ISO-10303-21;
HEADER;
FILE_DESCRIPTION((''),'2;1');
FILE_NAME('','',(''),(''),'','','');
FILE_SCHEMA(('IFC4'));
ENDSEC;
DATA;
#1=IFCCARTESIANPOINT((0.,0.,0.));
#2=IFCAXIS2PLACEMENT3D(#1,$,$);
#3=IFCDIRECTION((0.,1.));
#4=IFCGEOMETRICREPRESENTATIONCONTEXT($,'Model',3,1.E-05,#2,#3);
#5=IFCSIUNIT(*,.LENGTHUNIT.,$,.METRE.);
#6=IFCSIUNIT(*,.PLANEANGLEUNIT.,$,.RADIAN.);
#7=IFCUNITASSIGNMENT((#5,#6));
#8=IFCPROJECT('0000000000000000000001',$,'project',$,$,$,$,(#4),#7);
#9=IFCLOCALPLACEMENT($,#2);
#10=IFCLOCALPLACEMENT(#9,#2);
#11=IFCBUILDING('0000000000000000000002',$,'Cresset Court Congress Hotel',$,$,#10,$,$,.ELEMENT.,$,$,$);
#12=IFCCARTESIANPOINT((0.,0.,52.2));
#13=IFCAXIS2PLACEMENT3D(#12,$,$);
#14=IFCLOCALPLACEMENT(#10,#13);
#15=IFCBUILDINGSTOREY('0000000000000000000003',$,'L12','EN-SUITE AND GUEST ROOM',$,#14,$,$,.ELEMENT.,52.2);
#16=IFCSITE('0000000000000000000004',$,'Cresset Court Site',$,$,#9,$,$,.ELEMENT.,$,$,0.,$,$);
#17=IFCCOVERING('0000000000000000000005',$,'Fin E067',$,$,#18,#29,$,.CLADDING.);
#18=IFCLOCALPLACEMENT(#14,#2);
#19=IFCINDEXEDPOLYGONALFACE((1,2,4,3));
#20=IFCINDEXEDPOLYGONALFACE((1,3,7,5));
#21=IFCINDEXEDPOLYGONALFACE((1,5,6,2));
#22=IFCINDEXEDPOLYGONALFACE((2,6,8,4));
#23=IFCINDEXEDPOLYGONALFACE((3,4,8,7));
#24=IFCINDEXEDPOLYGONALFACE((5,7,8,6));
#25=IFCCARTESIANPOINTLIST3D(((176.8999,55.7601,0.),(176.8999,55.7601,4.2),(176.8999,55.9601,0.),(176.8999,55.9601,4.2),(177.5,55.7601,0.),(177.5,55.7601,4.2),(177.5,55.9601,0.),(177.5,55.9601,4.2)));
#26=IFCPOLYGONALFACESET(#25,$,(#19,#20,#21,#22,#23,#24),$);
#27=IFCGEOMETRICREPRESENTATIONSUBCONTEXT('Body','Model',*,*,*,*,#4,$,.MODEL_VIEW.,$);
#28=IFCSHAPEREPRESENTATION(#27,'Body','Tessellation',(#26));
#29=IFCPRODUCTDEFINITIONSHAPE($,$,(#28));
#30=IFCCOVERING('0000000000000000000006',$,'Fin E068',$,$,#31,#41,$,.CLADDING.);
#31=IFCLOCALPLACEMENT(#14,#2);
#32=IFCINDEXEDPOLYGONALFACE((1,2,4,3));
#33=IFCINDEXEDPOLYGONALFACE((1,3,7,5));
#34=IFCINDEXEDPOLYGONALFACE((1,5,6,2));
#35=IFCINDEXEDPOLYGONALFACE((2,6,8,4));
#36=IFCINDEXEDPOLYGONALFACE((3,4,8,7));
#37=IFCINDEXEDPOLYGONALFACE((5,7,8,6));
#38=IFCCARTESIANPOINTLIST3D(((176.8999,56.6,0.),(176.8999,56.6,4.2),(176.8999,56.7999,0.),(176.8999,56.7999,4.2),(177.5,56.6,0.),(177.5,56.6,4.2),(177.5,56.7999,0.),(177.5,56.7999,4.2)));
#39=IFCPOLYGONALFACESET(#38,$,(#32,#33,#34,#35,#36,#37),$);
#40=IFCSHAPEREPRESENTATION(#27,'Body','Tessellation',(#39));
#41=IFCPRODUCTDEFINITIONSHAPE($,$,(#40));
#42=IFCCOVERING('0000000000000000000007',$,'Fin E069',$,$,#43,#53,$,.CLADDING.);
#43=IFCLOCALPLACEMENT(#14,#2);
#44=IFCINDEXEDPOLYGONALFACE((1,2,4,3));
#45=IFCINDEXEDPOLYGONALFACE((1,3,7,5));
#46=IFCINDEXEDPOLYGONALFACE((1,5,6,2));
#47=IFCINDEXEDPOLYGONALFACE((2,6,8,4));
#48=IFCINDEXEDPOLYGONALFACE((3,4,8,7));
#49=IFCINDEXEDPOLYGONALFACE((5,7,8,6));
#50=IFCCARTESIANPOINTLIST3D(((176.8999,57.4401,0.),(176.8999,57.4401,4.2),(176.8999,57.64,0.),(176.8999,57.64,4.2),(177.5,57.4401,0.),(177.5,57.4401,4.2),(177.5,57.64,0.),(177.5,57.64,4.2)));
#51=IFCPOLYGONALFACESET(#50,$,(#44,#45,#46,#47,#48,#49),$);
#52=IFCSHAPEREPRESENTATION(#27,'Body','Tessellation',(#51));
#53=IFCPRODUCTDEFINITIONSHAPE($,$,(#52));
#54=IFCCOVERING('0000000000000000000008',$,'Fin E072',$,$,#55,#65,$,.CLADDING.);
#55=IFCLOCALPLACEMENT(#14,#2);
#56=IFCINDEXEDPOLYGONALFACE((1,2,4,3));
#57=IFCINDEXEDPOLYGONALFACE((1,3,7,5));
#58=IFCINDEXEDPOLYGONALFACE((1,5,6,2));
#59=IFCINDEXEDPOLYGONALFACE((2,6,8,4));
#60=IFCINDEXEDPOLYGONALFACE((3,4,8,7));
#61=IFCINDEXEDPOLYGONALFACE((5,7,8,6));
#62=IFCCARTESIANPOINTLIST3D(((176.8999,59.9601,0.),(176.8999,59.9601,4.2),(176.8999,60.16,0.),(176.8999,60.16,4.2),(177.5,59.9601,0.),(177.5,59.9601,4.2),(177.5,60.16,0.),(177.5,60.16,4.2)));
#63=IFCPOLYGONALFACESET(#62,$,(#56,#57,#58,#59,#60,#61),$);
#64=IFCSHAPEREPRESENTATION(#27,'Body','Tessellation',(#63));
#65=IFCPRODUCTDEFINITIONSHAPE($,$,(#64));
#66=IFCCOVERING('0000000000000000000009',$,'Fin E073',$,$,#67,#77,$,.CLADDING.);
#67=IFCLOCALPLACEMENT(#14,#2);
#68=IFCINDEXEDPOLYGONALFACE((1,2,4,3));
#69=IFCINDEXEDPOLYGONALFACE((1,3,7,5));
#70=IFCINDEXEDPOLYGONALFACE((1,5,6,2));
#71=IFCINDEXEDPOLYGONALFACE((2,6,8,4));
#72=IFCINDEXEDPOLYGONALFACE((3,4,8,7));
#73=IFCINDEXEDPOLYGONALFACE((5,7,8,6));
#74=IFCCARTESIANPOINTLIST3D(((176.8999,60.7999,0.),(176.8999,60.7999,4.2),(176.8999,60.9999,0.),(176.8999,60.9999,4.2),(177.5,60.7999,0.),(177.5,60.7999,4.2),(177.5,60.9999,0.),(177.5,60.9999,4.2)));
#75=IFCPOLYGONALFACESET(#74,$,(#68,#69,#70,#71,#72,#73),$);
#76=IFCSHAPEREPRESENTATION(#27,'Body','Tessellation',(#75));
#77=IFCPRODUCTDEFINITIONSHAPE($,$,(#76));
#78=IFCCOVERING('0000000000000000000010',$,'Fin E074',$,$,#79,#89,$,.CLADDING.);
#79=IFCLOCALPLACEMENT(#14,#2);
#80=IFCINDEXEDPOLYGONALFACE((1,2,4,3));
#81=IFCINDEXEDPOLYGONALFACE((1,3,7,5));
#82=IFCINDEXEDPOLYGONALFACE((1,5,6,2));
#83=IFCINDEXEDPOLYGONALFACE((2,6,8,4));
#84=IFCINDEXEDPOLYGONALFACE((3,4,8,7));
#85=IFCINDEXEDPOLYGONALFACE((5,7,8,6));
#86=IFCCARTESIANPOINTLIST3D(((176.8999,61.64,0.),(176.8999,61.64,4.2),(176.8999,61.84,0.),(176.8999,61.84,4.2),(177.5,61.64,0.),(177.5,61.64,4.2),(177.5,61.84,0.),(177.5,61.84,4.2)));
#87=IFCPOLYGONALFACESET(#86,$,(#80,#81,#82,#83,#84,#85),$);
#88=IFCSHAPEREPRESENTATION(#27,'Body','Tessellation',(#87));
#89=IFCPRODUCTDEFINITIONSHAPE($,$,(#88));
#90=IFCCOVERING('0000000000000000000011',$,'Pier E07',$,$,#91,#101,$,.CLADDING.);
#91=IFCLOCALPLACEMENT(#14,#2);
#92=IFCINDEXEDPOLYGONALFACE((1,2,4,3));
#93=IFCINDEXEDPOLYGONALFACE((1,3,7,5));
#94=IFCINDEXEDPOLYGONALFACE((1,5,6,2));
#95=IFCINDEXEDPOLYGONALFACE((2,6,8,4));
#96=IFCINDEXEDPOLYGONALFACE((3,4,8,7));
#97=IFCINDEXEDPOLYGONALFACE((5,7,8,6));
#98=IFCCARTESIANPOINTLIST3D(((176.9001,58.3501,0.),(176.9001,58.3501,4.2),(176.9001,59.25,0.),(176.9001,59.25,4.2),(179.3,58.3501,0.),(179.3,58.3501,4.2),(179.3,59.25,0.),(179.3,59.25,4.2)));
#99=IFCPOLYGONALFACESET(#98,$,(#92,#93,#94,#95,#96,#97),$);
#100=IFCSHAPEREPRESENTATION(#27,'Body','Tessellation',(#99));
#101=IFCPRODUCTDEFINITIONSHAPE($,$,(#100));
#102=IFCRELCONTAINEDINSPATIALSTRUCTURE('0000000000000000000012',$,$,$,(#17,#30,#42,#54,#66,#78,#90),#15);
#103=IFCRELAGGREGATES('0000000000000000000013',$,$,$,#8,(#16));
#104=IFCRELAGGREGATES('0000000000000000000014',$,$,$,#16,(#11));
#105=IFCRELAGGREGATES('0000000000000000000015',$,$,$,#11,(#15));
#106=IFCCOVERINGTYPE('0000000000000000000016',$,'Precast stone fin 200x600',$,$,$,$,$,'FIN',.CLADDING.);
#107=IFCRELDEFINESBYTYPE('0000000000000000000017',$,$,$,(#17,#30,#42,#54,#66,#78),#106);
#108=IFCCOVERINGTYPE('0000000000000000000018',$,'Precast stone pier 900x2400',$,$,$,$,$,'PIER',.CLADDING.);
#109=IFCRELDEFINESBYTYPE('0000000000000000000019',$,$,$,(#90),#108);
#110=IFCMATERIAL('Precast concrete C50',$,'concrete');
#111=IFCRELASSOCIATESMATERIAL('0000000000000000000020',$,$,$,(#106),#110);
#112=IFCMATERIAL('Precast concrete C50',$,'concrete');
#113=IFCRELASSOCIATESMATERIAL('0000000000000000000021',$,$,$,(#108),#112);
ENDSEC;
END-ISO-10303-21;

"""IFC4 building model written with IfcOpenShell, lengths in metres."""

from ifc_helpers import new_model, si_unit, direction, frame, origin, origin_2d, place, context, subcontext, project, spatial, rectangle, extrude, material, type_object, element, save


model = new_model("IFC4")

# Units and contexts
model_context = context("Model", 3, precision=1e-05, world=origin(), true_north=direction((0.0, 1.0)))
body_context = subcontext(model_context, "Body", "Model", "MODEL_VIEW")
ifc_project = project(units=[si_unit("LENGTHUNIT", "METRE"), si_unit("PLANEANGLEUNIT", "RADIAN")], contexts=[model_context])

# Site, building, storey
site_placement = place(None, origin())
site = spatial("IfcSite", under=ifc_project, at=site_placement, Name="Cresset Court Site", CompositionType="ELEMENT", RefElevation=0.0)
building_placement = place(site_placement, origin())
building = spatial("IfcBuilding", under=site, at=building_placement, Name="Cresset Court Congress Hotel", CompositionType="ELEMENT")
storey_placement = place(building_placement, frame((0.0, 0.0, 52.2)))
storey = spatial("IfcBuildingStorey", under=building, at=storey_placement, Name="L12", Description="EN-SUITE AND GUEST ROOM", CompositionType="ELEMENT", Elevation=52.2)

# Coverings
ifc_material_1 = material(Name="Precast concrete C50", Category="concrete")
covering_type_1 = type_object("IfcCoveringType", Name="Precast stone fin 200x600", ElementType="FIN", PredefinedType="CLADDING", material=ifc_material_1)
for number, where, z_axis, x_axis, name in (
    (1, (177.2, 55.8601, 0.0), (0.0, 0.0, 1.0), (1.0, 0.0, 0.0), "Fin E067"),
    (2, (177.2, 56.7, 0.0), (0.0, 0.0, 1.0), (1.0, 0.0, 0.0), "Fin E068"),
    (3, (177.2, 57.54, 0.0), (0.0, 0.0, 1.0), (1.0, 0.0, 0.0), "Fin E069"),
    (4, (177.2, 60.0601, 0.0), (0.0, 0.0, 1.0), (1.0, 0.0, 0.0), "Fin E072"),
    (5, (177.2, 60.8999, 0.0), (0.0, 0.0, 1.0), (1.0, 0.0, 0.0), "Fin E073"),
    (6, (177.2, 61.74, 0.0), (0.0, 0.0, 1.0), (1.0, 0.0, 0.0), "Fin E074"),
):
    element("IfcCovering", number, at=place(storey_placement, frame(where, z_axis=z_axis, x_axis=x_axis)), inside=storey, type_object=covering_type_1, Name=name, PredefinedType="CLADDING", context=body_context, shape_type="SweptSolid", body=[
        extrude(rectangle(XDim=0.6001, YDim=0.2, at=origin_2d()), origin(), (0.0, 0.0, 1.0), 4.2),
    ])
ifc_material_2 = material(Name="Precast concrete C50", Category="concrete")
covering_type_2 = type_object("IfcCoveringType", Name="Precast stone pier 900x2400", ElementType="PIER", PredefinedType="CLADDING", material=ifc_material_2)
covering_placement = place(storey_placement, frame((178.1001, 58.8, 0.0), z_axis=(0.0, 0.0, 1.0), x_axis=(1.0, 0.0, 0.0)))
element("IfcCovering", 7, at=covering_placement, inside=storey, type_object=covering_type_2, Name="Pier E07", PredefinedType="CLADDING", context=body_context, shape_type="SweptSolid", body=[
    extrude(rectangle(XDim=2.3999, YDim=0.8999, at=origin_2d()), origin(), (0.0, 0.0, 1.0), 4.2),
])

save(model, "model.ifc")
